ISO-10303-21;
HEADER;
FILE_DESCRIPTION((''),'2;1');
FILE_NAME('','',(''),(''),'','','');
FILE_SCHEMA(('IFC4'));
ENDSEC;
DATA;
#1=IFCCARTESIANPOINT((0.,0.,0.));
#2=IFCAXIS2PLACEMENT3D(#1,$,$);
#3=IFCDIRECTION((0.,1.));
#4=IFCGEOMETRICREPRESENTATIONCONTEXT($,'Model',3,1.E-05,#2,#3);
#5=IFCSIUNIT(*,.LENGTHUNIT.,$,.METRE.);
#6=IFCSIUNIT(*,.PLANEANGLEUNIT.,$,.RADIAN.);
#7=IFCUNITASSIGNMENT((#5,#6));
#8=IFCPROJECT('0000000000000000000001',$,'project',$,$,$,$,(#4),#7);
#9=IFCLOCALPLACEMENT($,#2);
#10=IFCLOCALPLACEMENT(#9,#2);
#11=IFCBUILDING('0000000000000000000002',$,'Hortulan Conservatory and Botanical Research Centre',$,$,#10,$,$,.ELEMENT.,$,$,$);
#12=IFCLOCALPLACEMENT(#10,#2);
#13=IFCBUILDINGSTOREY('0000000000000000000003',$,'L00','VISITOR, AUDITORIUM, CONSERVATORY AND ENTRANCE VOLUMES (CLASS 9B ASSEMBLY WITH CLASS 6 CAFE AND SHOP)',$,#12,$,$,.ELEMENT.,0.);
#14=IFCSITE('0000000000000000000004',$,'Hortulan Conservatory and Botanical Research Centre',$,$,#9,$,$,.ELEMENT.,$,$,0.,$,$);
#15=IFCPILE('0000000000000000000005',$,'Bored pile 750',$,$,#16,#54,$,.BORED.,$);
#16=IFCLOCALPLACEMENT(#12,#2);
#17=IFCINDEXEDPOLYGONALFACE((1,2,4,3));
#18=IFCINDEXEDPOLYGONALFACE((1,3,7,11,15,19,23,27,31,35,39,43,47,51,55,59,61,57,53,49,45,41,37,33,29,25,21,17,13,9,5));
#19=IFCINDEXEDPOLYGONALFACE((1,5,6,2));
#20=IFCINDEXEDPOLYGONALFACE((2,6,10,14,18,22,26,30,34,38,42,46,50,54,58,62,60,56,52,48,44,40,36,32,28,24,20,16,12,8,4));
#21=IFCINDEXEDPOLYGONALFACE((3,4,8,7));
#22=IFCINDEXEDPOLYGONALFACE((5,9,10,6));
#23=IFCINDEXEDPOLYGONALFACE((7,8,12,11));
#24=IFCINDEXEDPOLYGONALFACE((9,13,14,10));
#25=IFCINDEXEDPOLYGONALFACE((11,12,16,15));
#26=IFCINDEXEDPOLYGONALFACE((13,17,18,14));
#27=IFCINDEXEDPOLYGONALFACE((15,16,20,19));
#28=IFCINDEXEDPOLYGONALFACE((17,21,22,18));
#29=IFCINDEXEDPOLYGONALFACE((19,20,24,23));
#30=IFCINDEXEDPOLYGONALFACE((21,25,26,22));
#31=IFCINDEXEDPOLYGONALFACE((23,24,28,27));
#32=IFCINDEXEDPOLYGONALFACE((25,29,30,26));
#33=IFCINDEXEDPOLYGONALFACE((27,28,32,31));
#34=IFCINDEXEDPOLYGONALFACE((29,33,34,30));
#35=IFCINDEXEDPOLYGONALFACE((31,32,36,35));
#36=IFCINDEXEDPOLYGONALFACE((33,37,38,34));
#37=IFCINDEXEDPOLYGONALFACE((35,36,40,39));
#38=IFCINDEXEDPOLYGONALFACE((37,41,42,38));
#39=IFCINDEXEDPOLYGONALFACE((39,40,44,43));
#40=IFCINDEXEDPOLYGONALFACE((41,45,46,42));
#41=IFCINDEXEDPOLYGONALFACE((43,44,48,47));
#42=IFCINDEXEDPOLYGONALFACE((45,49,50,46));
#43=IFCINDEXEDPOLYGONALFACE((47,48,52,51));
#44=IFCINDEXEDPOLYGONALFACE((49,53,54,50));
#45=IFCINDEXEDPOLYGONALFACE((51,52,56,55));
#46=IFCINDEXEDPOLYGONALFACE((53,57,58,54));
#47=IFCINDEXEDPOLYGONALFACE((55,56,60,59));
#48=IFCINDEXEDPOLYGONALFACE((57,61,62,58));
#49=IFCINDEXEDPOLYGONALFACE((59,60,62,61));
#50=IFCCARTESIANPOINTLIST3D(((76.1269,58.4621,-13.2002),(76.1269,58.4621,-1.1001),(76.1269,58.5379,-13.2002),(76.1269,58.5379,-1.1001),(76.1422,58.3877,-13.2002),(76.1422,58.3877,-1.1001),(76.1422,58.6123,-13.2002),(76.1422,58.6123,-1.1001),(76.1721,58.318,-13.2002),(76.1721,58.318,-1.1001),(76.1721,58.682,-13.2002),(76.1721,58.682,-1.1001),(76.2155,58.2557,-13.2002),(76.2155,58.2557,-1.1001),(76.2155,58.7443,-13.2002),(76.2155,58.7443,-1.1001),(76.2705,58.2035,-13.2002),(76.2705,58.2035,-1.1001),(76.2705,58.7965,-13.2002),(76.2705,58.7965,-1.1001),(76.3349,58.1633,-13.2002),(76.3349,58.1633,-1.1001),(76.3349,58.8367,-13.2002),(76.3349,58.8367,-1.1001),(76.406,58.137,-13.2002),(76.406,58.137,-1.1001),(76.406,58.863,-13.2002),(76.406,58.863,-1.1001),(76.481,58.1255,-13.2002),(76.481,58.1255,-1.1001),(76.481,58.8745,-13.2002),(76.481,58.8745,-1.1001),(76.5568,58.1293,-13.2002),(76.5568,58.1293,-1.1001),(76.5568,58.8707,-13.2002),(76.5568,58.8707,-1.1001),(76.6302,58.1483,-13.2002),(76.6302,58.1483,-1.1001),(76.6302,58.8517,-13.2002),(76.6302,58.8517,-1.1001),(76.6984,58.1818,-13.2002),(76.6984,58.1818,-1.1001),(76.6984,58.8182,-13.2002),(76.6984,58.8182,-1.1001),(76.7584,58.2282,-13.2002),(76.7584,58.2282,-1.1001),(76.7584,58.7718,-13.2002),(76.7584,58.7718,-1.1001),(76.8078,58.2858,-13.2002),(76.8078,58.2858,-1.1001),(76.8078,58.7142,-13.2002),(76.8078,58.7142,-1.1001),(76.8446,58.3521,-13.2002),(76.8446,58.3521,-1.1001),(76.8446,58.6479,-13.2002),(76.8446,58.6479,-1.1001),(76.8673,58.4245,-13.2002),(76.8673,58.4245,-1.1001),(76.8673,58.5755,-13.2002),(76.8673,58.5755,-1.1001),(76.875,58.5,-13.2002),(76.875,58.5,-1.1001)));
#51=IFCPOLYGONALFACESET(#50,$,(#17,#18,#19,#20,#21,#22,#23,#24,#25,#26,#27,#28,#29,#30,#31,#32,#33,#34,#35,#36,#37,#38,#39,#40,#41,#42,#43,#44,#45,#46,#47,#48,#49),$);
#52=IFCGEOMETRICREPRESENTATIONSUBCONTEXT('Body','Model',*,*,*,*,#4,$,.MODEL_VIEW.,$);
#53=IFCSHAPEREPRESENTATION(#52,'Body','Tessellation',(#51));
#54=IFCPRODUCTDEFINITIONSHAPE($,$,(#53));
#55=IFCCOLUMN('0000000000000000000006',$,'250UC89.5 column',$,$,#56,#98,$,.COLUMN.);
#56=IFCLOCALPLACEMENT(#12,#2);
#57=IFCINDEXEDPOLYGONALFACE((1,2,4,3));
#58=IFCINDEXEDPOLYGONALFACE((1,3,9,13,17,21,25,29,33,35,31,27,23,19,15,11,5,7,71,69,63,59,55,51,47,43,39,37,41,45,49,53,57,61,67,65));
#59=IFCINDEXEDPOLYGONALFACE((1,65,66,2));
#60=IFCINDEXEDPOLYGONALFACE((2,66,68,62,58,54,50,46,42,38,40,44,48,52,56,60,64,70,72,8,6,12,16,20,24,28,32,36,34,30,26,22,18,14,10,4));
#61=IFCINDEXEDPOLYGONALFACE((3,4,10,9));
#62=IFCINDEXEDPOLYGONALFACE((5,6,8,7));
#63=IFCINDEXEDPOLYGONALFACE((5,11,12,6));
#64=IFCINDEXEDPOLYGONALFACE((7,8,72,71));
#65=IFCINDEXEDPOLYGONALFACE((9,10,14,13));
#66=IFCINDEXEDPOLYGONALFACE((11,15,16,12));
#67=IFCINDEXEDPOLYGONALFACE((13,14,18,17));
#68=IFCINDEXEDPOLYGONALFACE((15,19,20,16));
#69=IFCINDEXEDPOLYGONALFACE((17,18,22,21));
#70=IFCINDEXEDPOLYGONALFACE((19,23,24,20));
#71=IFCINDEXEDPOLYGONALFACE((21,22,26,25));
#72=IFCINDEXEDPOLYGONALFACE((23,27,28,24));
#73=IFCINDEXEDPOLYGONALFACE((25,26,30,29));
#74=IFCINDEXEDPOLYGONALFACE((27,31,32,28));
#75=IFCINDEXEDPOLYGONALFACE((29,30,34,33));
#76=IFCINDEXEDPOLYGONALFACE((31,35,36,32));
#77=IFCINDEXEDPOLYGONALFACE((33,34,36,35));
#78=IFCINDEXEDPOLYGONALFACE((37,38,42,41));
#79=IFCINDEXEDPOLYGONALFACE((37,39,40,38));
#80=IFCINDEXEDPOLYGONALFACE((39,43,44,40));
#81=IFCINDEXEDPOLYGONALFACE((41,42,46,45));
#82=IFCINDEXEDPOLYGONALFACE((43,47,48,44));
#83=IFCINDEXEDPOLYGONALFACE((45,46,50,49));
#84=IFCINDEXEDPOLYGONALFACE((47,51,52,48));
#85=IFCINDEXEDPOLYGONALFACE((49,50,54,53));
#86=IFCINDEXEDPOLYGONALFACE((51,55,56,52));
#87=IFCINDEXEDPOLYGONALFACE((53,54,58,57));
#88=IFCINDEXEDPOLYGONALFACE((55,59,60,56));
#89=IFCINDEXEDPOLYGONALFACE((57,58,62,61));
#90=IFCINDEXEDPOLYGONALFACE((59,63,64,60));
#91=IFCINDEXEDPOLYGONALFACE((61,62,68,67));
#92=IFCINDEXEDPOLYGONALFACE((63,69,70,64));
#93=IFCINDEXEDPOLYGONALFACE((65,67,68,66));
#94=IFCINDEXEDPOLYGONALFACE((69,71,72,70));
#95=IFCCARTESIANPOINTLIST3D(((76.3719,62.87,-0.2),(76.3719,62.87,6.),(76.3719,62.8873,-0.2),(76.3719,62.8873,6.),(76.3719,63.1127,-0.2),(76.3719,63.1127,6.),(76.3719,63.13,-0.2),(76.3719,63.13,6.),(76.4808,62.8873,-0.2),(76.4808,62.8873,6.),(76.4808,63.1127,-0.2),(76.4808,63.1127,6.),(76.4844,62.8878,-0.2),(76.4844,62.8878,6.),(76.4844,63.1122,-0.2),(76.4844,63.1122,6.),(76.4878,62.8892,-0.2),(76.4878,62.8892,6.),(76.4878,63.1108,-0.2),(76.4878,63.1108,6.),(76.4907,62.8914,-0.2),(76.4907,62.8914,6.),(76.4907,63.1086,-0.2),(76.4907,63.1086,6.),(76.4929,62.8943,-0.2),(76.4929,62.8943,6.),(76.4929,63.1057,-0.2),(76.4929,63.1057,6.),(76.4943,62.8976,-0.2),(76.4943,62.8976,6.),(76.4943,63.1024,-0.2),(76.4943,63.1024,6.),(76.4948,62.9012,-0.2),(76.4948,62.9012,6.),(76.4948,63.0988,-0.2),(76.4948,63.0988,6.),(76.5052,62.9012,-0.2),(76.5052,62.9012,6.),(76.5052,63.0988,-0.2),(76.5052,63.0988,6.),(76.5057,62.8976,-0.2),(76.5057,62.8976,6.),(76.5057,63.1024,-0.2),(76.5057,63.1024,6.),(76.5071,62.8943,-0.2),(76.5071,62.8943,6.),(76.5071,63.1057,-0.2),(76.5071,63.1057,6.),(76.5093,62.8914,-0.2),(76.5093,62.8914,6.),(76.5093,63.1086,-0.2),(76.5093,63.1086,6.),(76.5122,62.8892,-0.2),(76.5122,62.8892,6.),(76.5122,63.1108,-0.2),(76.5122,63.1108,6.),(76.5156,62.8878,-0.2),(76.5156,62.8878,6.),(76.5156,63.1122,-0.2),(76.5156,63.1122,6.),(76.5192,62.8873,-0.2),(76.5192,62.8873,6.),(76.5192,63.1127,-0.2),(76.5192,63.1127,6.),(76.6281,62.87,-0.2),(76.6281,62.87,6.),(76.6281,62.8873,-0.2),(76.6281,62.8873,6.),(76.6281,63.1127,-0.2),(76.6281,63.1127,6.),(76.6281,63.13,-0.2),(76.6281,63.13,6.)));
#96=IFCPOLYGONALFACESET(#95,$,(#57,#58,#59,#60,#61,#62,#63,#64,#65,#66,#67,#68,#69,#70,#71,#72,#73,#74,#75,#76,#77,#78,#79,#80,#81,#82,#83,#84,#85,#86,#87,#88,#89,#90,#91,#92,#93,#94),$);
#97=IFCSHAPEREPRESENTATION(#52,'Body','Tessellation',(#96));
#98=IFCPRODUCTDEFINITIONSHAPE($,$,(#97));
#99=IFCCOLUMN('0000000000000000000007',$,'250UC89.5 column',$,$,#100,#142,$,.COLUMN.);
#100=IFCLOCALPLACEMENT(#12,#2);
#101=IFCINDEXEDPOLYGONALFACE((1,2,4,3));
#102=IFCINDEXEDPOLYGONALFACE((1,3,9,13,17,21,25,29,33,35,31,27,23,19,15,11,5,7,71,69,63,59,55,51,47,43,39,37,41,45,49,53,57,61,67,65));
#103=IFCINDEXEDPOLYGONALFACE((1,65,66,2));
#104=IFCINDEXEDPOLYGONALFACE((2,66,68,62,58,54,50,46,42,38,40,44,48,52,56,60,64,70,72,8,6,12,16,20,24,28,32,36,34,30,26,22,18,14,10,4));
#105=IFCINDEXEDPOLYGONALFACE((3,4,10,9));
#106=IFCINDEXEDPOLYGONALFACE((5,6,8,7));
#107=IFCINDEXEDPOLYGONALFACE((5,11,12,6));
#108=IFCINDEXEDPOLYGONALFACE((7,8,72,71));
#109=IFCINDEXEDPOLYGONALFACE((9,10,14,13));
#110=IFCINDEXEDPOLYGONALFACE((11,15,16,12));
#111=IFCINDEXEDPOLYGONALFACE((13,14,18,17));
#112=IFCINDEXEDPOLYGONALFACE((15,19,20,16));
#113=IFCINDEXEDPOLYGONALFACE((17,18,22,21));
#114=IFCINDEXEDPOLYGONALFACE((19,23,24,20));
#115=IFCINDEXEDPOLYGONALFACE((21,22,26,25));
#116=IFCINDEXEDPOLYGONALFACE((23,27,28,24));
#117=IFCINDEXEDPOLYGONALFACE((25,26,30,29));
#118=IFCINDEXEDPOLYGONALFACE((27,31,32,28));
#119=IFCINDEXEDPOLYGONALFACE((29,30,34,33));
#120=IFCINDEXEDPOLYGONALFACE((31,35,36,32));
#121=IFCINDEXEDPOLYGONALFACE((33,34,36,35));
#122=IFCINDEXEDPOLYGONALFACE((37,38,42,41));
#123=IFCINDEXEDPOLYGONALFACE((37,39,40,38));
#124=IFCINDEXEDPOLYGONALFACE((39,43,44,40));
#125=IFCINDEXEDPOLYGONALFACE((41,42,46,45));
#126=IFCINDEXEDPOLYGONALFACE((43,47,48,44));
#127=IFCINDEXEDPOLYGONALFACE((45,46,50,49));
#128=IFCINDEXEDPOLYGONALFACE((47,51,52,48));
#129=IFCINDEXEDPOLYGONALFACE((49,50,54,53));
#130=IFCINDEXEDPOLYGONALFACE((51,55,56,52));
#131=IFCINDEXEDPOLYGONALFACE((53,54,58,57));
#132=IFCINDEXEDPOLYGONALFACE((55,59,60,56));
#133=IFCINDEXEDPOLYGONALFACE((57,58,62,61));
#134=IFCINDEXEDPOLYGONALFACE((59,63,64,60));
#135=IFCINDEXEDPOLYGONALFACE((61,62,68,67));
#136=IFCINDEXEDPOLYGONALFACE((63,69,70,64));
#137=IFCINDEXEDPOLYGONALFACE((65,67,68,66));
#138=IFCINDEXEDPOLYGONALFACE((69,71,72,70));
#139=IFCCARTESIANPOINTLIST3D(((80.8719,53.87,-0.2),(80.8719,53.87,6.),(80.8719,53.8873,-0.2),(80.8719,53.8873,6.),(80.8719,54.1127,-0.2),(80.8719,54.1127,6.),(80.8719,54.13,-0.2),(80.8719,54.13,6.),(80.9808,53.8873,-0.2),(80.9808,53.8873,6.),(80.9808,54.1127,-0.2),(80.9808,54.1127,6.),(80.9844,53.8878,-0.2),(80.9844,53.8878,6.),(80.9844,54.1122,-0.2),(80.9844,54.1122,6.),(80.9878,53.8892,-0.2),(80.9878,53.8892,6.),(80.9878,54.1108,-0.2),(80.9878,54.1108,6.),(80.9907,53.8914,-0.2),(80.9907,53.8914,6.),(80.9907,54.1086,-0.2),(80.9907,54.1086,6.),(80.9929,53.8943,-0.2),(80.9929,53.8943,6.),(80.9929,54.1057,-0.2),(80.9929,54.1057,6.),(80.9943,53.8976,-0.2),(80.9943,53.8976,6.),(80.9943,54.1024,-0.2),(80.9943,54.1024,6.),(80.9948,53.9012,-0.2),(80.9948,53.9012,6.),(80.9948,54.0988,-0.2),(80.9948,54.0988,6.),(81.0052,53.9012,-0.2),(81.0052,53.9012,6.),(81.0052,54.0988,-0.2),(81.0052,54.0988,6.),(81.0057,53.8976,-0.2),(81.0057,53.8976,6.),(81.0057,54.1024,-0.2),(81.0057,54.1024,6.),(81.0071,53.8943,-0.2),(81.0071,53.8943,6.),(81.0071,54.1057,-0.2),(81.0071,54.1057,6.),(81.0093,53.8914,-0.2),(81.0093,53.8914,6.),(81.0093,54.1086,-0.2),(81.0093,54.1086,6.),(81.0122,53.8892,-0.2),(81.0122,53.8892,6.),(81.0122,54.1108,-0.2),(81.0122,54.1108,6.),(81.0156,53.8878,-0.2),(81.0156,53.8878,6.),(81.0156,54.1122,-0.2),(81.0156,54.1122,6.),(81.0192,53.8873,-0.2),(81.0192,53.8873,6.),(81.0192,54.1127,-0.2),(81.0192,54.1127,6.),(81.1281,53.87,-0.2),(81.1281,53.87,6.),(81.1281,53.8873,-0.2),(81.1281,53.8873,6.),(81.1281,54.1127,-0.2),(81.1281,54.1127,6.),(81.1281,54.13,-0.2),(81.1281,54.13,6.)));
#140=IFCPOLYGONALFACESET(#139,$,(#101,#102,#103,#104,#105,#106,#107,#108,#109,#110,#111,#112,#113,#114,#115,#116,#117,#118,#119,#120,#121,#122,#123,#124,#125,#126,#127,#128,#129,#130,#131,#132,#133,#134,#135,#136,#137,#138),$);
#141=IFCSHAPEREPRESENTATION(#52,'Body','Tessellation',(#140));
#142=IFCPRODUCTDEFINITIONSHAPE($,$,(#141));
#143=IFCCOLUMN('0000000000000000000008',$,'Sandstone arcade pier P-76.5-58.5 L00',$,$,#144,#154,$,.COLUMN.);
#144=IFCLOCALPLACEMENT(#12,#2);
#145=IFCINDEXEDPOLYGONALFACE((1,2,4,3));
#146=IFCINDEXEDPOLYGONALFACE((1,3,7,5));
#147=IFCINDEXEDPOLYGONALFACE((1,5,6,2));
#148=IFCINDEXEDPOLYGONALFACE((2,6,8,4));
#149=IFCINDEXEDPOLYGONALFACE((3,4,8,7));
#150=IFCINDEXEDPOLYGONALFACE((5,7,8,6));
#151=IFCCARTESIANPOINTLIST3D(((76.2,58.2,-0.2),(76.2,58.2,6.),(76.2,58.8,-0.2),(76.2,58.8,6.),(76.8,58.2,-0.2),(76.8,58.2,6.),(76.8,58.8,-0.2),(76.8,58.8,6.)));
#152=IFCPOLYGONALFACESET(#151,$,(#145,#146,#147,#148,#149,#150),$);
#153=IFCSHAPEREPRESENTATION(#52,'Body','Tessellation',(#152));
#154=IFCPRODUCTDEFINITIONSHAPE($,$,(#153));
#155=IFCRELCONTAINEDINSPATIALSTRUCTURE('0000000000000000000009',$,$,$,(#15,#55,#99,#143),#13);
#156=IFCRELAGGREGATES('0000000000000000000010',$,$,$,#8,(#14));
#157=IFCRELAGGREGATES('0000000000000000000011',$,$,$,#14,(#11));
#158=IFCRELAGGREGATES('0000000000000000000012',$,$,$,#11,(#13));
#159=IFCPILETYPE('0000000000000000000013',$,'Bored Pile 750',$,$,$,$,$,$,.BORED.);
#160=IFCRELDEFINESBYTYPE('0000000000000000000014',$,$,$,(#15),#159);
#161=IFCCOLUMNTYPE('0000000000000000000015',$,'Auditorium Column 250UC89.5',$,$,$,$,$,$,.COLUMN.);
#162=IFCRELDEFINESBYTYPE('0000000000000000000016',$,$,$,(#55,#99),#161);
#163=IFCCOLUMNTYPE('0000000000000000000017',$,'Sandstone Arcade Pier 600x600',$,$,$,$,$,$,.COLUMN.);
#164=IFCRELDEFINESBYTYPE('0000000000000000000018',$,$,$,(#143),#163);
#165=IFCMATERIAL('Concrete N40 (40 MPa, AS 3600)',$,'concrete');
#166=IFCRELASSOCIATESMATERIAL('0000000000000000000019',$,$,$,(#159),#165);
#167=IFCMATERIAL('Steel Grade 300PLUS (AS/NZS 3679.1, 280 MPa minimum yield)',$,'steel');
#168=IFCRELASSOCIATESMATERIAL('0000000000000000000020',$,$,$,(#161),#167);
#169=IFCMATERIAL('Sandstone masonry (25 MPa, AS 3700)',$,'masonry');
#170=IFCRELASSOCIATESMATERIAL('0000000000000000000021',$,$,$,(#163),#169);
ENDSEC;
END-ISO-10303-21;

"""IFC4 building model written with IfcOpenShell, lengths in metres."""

from ifc_helpers import new_model, si_unit, direction, frame, origin, origin_2d, place, context, subcontext, project, spatial, rectangle, circle, i_section, extrude, material, material_profile, profile_set, type_object, element, save


model = new_model("IFC4")

# Units and contexts
model_context = context("Model", 3, precision=1e-05, world=origin(), true_north=direction((0.0, 1.0)))
body_context = subcontext(model_context, "Body", "Model", "MODEL_VIEW")
ifc_project = project(units=[si_unit("LENGTHUNIT", "METRE"), si_unit("PLANEANGLEUNIT", "RADIAN")], contexts=[model_context])

# Site, building, storey
site_placement = place(None, origin())
site = spatial("IfcSite", under=ifc_project, at=site_placement, Name="Hortulan Conservatory and Botanical Research Centre", CompositionType="ELEMENT", RefElevation=0.0)
building_placement = place(site_placement, origin())
building = spatial("IfcBuilding", under=site, at=building_placement, Name="Hortulan Conservatory and Botanical Research Centre", CompositionType="ELEMENT")
storey_placement = place(building_placement, origin())
storey = spatial("IfcBuildingStorey", under=building, at=storey_placement, Name="L00", Description="VISITOR, AUDITORIUM, CONSERVATORY AND ENTRANCE VOLUMES (CLASS 9B ASSEMBLY WITH CLASS 6 CAFE AND SHOP)", CompositionType="ELEMENT", Elevation=0.0)

# Pile
ifc_material_1 = material(Name="Concrete N40 (40 MPa, AS 3600)", Category="concrete")
ifc_material_profile_1 = material_profile(ifc_material_1, circle(Radius=0.375, at=origin_2d()), Name="Bored pile 750 diameter")
ifc_profile_set_1 = profile_set([ifc_material_profile_1], Name="Concrete N40 (40 MPa, AS 3600)")
pile_type = type_object("IfcPileType", Name="Bored Pile 750", PredefinedType="BORED", material=ifc_profile_set_1)
for number, where, z_axis, x_axis, name in (
    (1, (76.5, 58.5, -1.1001), (0.0, 0.0, -1.0), (1.0, 0.0, 0.0), "Bored pile 750"),
):
    element("IfcPile", number, at=place(storey_placement, frame(where, z_axis=z_axis, x_axis=x_axis)), inside=storey, type_object=pile_type, Name=name, PredefinedType="BORED", context=body_context, shape_type="SweptSolid", body=[
        extrude(circle(Radius=0.375, at=origin_2d()), origin(), (0.0, 0.0, 1.0), 12.1001),
    ])

# Columns
ifc_material_2 = material(Name="Steel Grade 300PLUS (AS/NZS 3679.1, 280 MPa minimum yield)", Category="steel")
ifc_material_profile_2 = material_profile(ifc_material_2, i_section(OverallWidth=0.2561, OverallDepth=0.26, WebThickness=0.0105, FlangeThickness=0.0173, FilletRadius=0.0139, at=origin_2d()), Name="250UC89.5")
ifc_profile_set_2 = profile_set([ifc_material_profile_2], Name="Steel Grade 300PLUS (AS/NZS 3679.1, 280 MPa minimum yield)")
column_type_1 = type_object("IfcColumnType", Name="Auditorium Column 250UC89.5", PredefinedType="COLUMN", material=ifc_profile_set_2)
for number, where, z_axis, x_axis, name in (
    (2, (76.5, 63.0, -0.2), (0.0, 0.0, 1.0), (1.0, 0.0, 0.0), "250UC89.5 column"),
    (3, (81.0, 54.0, -0.2), (0.0, 0.0, 1.0), (1.0, 0.0, 0.0), "250UC89.5 column"),
):
    element("IfcColumn", number, at=place(storey_placement, frame(where, z_axis=z_axis, x_axis=x_axis)), inside=storey, type_object=column_type_1, Name=name, PredefinedType="COLUMN", context=body_context, shape_type="SweptSolid", body=[
        extrude(i_section(OverallWidth=0.2561, OverallDepth=0.26, WebThickness=0.0105, FlangeThickness=0.0173, FilletRadius=0.0139, at=origin_2d()), origin(), (0.0, 0.0, 1.0), 6.2),
    ])
ifc_material_3 = material(Name="Sandstone masonry (25 MPa, AS 3700)", Category="masonry")
ifc_material_profile_3 = material_profile(ifc_material_3, rectangle(XDim=0.6001, YDim=0.6001, at=origin_2d()), Name="Square pier 600")
ifc_profile_set_3 = profile_set([ifc_material_profile_3], Name="Sandstone masonry (25 MPa, AS 3700)")
column_type_2 = type_object("IfcColumnType", Name="Sandstone Arcade Pier 600x600", PredefinedType="COLUMN", material=ifc_profile_set_3)
column_placement = place(storey_placement, frame((76.5, 58.5, -0.2), z_axis=(0.0, 0.0, 1.0), x_axis=(1.0, 0.0, 0.0)))
element("IfcColumn", 4, at=column_placement, inside=storey, type_object=column_type_2, Name="Sandstone arcade pier P-76.5-58.5 L00", PredefinedType="COLUMN", context=body_context, shape_type="SweptSolid", body=[
    extrude(rectangle(XDim=0.6001, YDim=0.6001, at=origin_2d()), origin(), (0.0, 0.0, 1.0), 6.2),
])

save(model, "model.ifc")
